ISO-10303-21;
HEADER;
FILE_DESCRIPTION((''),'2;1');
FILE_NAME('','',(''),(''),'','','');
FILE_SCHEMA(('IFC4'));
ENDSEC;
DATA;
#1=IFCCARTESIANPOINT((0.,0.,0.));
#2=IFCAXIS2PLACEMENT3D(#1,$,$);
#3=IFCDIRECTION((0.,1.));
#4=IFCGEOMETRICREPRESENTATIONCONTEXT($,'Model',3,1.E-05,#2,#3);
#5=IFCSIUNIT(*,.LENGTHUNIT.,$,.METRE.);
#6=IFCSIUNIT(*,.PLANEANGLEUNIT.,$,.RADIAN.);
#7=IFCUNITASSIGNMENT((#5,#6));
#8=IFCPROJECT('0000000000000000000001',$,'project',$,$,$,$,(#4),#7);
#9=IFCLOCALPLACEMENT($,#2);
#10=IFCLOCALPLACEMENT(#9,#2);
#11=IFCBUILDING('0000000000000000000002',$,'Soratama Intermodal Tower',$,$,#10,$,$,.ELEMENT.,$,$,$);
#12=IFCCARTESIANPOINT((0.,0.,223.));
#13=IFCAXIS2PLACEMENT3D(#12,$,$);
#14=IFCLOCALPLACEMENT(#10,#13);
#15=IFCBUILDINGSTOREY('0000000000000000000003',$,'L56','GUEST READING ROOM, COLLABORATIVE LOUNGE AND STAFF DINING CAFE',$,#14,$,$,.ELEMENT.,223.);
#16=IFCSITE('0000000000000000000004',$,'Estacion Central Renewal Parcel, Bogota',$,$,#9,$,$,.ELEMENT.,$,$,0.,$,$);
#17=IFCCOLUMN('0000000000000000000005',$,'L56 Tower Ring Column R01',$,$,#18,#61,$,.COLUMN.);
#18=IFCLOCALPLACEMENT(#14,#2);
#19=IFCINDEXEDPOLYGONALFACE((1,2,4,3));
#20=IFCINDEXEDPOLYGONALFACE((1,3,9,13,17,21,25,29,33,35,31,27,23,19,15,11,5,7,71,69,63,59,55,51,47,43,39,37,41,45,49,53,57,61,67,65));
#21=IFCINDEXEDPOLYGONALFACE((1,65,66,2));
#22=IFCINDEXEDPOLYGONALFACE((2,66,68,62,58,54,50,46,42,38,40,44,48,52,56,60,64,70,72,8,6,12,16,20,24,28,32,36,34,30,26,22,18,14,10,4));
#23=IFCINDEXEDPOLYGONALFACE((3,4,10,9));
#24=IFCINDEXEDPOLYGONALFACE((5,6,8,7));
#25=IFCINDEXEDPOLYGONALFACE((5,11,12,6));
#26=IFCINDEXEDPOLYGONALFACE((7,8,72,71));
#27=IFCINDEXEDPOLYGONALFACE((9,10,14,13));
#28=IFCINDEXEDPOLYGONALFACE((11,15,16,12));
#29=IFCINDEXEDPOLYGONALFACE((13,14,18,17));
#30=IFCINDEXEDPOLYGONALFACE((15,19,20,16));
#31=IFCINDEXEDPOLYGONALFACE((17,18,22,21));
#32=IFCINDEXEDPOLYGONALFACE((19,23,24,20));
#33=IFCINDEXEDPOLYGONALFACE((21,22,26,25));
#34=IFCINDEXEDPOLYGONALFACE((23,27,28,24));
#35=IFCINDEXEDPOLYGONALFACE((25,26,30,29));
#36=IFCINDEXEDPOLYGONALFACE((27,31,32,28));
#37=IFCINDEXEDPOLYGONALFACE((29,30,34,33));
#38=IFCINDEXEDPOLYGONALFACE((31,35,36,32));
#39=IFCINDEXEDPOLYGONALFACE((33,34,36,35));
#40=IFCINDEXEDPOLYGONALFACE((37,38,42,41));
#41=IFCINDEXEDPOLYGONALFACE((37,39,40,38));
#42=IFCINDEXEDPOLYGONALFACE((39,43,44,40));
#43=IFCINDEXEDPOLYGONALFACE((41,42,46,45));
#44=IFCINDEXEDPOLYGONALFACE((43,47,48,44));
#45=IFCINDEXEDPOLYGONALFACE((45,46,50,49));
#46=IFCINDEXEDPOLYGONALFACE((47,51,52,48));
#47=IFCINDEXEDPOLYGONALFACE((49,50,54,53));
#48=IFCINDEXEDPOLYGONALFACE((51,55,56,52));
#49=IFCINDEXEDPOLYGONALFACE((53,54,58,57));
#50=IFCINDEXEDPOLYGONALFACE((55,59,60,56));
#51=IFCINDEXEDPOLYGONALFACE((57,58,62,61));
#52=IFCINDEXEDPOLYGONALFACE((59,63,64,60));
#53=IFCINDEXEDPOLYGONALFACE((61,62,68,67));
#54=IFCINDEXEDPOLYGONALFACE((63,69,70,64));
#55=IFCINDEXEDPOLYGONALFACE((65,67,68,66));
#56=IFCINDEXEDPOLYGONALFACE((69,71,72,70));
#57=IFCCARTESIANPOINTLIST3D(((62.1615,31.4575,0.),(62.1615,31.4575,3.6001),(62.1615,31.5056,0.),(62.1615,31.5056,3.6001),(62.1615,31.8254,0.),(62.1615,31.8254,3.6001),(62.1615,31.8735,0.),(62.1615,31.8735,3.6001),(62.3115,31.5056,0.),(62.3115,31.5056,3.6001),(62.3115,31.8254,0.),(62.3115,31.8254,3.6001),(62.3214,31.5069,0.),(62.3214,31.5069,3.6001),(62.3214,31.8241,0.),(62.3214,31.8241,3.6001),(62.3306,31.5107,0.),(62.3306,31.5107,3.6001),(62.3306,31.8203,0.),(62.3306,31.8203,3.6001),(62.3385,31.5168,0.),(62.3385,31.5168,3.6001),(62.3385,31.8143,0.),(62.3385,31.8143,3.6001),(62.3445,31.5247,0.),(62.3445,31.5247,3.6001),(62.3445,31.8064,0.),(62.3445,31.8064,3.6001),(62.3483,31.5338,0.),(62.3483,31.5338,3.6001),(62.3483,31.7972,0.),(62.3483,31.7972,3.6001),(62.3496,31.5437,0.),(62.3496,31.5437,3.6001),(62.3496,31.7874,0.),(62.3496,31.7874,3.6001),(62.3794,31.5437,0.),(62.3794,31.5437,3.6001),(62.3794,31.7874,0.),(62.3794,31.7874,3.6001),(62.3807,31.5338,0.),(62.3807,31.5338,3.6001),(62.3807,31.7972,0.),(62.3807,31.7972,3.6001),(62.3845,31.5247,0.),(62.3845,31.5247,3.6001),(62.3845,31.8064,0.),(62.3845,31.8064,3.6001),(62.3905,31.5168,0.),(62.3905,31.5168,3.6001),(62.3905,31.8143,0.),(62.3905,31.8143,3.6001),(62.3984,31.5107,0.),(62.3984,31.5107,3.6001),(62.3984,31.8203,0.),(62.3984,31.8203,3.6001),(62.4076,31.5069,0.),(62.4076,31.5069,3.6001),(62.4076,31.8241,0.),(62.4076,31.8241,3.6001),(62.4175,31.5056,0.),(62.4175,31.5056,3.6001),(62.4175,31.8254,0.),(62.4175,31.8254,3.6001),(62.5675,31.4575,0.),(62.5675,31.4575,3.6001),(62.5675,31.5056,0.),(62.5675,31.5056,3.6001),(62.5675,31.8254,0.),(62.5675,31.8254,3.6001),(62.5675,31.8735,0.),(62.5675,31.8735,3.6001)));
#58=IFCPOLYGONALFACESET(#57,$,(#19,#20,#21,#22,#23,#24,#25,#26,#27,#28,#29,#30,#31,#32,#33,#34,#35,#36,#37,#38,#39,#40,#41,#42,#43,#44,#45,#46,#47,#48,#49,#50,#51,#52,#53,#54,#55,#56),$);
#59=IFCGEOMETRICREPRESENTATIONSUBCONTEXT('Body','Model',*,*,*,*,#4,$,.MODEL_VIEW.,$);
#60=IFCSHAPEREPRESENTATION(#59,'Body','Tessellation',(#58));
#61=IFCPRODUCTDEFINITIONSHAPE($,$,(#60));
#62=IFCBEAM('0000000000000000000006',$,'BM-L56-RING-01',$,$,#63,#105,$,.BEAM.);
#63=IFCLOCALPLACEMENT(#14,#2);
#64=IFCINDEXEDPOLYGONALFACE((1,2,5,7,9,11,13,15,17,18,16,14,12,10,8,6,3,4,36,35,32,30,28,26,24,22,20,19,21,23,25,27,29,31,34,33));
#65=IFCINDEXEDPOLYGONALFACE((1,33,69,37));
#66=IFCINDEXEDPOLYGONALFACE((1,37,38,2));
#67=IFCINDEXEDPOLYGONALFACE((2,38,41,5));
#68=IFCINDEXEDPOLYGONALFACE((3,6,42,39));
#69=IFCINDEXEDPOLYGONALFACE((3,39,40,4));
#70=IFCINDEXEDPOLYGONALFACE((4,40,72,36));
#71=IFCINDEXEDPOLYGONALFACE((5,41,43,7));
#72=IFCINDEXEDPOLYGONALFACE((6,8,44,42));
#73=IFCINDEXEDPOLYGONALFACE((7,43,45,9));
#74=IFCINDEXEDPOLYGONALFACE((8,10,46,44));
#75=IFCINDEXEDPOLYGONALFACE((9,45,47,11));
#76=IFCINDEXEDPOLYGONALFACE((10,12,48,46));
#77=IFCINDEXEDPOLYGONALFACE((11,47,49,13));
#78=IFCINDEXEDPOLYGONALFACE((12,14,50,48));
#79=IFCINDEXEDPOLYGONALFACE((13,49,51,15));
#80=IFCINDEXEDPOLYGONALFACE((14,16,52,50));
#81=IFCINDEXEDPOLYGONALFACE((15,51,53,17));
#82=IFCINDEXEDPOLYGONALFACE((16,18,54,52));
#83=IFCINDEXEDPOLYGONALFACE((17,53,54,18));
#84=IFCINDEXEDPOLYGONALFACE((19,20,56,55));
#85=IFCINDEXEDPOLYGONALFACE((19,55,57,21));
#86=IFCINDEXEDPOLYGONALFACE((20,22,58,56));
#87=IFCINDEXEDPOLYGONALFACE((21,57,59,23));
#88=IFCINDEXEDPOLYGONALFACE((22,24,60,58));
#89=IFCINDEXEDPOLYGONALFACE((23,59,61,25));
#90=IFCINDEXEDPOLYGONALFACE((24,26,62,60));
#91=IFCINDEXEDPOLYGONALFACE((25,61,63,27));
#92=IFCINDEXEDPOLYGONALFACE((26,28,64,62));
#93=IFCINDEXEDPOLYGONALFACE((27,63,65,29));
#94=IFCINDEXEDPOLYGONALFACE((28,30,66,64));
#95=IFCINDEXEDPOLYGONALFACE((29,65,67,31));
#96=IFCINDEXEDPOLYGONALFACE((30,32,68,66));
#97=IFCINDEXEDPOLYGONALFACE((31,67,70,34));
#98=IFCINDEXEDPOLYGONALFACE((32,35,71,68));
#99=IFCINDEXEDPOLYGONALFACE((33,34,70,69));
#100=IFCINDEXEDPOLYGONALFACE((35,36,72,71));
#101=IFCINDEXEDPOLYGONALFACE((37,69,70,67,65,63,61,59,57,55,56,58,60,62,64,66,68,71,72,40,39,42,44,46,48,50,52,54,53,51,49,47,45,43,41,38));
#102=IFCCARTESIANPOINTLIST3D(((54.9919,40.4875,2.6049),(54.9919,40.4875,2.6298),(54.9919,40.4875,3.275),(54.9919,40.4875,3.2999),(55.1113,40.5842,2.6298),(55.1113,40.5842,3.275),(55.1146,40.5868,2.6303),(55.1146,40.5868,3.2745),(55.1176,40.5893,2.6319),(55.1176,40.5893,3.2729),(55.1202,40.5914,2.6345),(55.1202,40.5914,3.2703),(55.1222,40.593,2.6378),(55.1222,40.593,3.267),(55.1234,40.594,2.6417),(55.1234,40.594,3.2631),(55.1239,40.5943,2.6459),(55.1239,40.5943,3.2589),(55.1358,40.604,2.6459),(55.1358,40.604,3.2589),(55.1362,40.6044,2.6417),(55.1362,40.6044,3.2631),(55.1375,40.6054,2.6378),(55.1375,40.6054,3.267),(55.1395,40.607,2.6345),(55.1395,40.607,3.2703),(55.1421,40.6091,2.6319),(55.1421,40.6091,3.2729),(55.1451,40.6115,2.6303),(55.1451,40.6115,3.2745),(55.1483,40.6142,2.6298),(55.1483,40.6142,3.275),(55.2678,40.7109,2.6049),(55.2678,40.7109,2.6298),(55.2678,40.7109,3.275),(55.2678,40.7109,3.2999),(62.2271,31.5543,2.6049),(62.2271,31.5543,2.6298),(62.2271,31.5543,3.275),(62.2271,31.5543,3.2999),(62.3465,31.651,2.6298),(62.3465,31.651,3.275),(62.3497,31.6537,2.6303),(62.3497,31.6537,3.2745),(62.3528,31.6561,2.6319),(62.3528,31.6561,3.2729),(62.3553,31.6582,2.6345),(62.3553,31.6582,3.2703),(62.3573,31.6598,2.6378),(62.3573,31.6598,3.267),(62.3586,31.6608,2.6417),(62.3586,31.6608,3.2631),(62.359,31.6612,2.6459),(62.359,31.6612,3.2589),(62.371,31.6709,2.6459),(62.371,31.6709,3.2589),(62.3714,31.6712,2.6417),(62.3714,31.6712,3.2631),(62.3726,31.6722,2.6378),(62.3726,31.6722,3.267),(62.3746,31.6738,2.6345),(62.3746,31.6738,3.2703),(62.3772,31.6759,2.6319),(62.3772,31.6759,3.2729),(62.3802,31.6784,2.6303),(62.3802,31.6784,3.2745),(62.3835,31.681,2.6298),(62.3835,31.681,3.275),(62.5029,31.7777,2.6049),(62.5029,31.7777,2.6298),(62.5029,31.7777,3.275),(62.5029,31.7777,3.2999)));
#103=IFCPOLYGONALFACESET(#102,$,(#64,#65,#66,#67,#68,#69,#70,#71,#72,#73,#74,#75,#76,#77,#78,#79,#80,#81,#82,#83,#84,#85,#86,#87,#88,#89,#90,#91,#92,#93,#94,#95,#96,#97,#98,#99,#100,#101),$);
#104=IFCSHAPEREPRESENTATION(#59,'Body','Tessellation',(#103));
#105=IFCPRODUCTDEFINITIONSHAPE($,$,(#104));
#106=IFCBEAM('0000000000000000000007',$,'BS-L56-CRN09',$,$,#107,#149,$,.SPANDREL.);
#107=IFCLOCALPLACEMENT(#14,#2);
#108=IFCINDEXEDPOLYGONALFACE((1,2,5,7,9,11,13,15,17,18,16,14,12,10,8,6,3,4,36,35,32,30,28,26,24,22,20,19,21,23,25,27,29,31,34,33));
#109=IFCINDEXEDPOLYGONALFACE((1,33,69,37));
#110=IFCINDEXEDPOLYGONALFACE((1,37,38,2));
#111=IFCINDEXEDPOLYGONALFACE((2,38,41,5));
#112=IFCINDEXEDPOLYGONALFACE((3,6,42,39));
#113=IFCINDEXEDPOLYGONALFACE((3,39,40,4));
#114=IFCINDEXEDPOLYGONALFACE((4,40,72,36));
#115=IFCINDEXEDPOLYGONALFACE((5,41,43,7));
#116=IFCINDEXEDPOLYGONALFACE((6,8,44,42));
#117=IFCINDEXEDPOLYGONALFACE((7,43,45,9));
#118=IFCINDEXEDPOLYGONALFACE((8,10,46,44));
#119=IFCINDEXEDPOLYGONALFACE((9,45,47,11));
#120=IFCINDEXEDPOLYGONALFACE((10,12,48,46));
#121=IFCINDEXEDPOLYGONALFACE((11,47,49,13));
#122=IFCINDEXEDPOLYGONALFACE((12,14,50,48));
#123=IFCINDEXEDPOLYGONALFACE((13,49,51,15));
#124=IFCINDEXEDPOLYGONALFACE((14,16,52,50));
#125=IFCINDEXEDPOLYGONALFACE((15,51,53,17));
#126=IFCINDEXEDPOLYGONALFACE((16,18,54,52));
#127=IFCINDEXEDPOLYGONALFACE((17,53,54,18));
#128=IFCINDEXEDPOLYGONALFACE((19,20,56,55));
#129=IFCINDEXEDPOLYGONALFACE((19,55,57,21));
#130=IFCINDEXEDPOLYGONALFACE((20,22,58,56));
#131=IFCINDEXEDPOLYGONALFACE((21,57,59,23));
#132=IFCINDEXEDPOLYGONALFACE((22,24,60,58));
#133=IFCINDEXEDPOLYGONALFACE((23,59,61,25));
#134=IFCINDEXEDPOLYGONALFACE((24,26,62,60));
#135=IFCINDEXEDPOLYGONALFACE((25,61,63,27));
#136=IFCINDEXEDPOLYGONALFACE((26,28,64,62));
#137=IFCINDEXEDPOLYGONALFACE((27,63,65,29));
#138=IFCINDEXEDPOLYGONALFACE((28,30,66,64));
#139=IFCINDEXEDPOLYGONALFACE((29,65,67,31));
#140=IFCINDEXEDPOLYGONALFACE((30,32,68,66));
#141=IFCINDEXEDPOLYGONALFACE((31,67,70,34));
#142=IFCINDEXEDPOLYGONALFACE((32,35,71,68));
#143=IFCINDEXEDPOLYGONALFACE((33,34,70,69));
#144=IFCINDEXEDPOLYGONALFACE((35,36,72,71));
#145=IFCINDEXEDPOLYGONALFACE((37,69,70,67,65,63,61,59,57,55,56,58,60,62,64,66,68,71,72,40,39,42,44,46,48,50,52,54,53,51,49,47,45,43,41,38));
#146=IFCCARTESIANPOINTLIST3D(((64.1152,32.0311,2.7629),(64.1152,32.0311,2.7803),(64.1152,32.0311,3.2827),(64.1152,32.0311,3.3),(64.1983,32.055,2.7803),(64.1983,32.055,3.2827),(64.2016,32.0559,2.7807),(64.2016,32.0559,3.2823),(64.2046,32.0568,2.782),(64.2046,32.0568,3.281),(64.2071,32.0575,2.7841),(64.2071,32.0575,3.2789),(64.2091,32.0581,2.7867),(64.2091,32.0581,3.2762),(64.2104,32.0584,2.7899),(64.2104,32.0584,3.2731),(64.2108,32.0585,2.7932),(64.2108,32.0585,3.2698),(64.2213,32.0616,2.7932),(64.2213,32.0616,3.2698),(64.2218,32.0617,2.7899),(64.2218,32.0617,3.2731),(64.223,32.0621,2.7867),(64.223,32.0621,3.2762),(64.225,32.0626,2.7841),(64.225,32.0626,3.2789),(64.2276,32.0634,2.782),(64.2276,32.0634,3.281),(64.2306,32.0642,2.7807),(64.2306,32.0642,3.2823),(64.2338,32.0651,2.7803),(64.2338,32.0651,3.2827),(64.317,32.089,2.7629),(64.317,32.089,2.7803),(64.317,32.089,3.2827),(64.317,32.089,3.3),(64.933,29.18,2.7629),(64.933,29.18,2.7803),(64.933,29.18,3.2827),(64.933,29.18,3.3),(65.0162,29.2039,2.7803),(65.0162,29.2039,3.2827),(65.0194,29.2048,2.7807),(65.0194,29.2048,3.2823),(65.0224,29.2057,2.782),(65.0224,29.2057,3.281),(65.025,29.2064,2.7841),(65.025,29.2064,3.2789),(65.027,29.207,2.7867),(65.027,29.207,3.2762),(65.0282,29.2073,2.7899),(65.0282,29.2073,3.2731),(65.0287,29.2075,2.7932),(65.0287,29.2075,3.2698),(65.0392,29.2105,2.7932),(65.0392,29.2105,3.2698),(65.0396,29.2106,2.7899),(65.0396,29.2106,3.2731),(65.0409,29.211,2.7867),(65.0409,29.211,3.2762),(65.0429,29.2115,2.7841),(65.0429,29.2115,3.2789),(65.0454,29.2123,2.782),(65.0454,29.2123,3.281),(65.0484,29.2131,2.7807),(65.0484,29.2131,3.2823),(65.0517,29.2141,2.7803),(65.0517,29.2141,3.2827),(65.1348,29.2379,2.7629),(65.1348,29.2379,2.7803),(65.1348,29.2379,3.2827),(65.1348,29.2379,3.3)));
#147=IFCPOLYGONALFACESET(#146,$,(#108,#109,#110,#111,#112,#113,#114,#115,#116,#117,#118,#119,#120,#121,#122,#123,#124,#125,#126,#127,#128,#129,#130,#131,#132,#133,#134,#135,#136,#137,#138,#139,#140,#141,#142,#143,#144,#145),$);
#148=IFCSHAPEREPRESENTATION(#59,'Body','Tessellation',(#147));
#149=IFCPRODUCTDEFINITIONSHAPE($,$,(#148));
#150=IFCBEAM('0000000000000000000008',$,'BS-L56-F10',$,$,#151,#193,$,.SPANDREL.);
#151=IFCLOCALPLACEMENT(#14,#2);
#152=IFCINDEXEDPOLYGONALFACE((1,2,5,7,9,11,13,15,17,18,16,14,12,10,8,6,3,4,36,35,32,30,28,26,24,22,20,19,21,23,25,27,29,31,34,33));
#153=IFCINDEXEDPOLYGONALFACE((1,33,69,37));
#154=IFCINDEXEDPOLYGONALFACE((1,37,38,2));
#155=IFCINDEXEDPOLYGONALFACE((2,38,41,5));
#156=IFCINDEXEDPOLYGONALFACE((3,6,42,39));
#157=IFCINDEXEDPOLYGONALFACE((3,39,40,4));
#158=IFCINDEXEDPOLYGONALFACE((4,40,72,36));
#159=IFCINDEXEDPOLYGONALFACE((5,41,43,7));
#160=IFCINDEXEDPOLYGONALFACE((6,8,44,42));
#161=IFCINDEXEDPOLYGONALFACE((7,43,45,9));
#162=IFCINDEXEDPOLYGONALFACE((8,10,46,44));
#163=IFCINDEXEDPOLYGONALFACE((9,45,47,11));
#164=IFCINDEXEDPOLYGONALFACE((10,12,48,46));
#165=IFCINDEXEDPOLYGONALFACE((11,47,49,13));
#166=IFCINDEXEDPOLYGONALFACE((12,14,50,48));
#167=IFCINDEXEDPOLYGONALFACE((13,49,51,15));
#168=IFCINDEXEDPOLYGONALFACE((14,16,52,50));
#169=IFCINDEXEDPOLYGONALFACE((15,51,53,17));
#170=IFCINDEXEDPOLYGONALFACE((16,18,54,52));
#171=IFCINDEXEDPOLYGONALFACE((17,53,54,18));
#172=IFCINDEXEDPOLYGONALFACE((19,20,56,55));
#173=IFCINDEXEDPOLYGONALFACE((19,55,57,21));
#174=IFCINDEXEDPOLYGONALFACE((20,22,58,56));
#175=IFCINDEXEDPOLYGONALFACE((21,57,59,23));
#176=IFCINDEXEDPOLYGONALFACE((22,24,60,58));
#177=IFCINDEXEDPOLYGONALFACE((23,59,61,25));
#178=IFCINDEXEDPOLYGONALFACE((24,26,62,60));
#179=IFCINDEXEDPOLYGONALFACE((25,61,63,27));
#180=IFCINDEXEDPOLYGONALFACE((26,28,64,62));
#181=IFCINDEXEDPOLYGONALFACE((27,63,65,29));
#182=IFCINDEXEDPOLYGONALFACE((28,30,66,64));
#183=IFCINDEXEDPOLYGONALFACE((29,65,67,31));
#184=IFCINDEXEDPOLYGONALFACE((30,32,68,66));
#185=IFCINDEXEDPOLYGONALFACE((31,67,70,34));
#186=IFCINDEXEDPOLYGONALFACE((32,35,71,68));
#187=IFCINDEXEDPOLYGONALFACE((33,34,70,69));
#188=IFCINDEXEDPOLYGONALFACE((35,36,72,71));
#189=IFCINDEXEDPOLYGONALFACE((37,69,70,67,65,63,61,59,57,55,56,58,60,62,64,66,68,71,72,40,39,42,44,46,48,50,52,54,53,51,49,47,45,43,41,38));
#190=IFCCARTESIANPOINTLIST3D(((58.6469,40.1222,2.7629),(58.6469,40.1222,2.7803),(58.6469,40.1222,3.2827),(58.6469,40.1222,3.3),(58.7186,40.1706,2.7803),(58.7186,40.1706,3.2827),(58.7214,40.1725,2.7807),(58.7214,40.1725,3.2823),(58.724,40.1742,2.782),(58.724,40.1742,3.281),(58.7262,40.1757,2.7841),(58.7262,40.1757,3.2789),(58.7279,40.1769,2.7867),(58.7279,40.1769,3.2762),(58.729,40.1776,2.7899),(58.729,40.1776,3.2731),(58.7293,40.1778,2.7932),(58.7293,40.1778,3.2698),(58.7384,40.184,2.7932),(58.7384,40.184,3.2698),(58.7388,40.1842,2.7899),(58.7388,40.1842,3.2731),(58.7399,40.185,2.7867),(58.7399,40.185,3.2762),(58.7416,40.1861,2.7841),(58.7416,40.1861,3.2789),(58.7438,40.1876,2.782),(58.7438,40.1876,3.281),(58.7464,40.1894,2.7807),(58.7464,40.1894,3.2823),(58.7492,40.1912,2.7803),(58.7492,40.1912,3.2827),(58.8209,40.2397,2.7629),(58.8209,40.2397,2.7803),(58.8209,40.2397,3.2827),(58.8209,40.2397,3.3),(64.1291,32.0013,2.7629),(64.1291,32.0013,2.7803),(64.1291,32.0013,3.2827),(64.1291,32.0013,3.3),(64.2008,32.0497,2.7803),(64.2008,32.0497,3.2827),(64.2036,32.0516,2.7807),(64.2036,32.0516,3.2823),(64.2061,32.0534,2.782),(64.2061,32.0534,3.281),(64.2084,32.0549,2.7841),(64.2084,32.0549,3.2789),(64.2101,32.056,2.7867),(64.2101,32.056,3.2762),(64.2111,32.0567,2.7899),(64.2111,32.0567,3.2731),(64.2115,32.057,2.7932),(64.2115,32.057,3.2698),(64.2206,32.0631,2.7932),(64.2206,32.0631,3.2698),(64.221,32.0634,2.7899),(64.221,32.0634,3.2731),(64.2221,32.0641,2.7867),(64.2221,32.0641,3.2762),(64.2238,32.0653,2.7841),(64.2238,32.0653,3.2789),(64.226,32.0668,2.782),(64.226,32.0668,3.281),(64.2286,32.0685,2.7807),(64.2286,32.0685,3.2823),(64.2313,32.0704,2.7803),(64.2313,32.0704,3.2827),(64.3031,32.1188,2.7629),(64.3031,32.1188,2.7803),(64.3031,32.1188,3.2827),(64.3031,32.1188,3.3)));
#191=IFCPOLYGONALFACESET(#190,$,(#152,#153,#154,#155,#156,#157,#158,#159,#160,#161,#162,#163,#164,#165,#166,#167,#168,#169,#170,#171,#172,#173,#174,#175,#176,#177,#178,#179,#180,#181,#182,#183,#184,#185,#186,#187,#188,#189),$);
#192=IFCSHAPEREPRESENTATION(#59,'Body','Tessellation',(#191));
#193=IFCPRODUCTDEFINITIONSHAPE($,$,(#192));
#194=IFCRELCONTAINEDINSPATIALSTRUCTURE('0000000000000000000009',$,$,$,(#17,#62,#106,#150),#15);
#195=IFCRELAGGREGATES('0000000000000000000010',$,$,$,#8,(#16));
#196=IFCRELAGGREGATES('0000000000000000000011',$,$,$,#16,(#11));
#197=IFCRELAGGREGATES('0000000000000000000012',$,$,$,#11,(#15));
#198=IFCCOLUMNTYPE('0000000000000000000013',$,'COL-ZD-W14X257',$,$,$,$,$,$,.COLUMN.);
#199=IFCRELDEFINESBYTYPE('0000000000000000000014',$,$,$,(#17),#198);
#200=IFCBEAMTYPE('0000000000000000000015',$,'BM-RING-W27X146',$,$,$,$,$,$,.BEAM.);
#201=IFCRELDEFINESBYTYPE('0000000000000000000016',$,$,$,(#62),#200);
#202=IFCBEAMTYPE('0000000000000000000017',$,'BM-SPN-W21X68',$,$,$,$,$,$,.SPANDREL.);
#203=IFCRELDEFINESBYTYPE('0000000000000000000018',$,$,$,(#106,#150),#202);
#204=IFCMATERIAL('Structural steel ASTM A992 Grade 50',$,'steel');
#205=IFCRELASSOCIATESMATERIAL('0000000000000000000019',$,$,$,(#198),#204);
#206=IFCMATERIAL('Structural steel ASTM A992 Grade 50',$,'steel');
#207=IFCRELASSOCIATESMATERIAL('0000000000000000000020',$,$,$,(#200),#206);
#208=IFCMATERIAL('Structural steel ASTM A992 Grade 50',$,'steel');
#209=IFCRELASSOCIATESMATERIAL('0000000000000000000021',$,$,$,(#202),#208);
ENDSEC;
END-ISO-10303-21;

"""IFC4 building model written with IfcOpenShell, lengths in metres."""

from ifc_helpers import new_model, si_unit, direction, frame, origin, origin_2d, place, context, subcontext, project, spatial, i_section, extrude, material, material_profile, profile_set, type_object, element, save


model = new_model("IFC4")

# Units and contexts
model_context = context("Model", 3, precision=1e-05, world=origin(), true_north=direction((0.0, 1.0)))
body_context = subcontext(model_context, "Body", "Model", "MODEL_VIEW")
ifc_project = project(units=[si_unit("LENGTHUNIT", "METRE"), si_unit("PLANEANGLEUNIT", "RADIAN")], contexts=[model_context])

# Site, building, storey
site_placement = place(None, origin())
site = spatial("IfcSite", under=ifc_project, at=site_placement, Name="Estacion Central Renewal Parcel, Bogota", CompositionType="ELEMENT", RefElevation=0.0)
building_placement = place(site_placement, origin())
building = spatial("IfcBuilding", under=site, at=building_placement, Name="Soratama Intermodal Tower", CompositionType="ELEMENT")
storey_placement = place(building_placement, frame((0.0, 0.0, 223.0)))
storey = spatial("IfcBuildingStorey", under=building, at=storey_placement, Name="L56", Description="GUEST READING ROOM, COLLABORATIVE LOUNGE AND STAFF DINING CAFE", CompositionType="ELEMENT", Elevation=223.0)

# Column
ifc_material_1 = material(Name="Structural steel ASTM A992 Grade 50", Category="steel")
ifc_material_profile_1 = material_profile(ifc_material_1, i_section(OverallWidth=0.406, OverallDepth=0.416, WebThickness=0.0298, FlangeThickness=0.0481, FilletRadius=0.0381, at=origin_2d()), Name="W14X257")
ifc_profile_set_1 = profile_set([ifc_material_profile_1], Name="Structural steel ASTM A992 Grade 50")
column_type = type_object("IfcColumnType", Name="COL-ZD-W14X257", PredefinedType="COLUMN", material=ifc_profile_set_1)
column_placement = place(storey_placement, frame((62.3645, 31.6655, 0.0), z_axis=(0.0, 0.0, 1.0), x_axis=(1.0, 0.0, 0.0)))
element("IfcColumn", 1, at=column_placement, inside=storey, type_object=column_type, Name="L56 Tower Ring Column R01", PredefinedType="COLUMN", context=body_context, shape_type="SweptSolid", body=[
    extrude(i_section(OverallWidth=0.406, OverallDepth=0.416, WebThickness=0.0298, FlangeThickness=0.0481, FilletRadius=0.0381, at=origin_2d()), origin(), (0.0, 0.0, 1.0), 3.6001),
])

# Beams
ifc_material_2 = material(Name="Structural steel ASTM A992 Grade 50", Category="steel")
ifc_material_profile_2 = material_profile(ifc_material_2, i_section(OverallWidth=0.355, OverallDepth=0.6951, WebThickness=0.0154, FlangeThickness=0.0249, FilletRadius=0.0161, at=origin_2d()), Name="W27X146")
ifc_profile_set_2 = profile_set([ifc_material_profile_2], Name="Structural steel ASTM A992 Grade 50")
beam_type_1 = type_object("IfcBeamType", Name="BM-RING-W27X146", PredefinedType="BEAM", material=ifc_profile_set_2)
beam_1_placement = place(storey_placement, frame((62.365, 31.666, 2.9524), z_axis=(-0.629385, 0.777094, 0.0), x_axis=(-0.777094, -0.629385, 0.0)))
element("IfcBeam", 2, at=beam_1_placement, inside=storey, type_object=beam_type_1, Name="BM-L56-RING-01", PredefinedType="BEAM", context=body_context, shape_type="SweptSolid", body=[
    extrude(i_section(OverallWidth=0.355, OverallDepth=0.6951, WebThickness=0.0154, FlangeThickness=0.0249, FilletRadius=0.0161, at=origin_2d()), origin(), (0.0, 0.0, 1.0), 11.4956),
])
ifc_material_3 = material(Name="Structural steel ASTM A992 Grade 50", Category="steel")
ifc_material_profile_3 = material_profile(ifc_material_3, i_section(OverallWidth=0.21, OverallDepth=0.5371, WebThickness=0.011, FlangeThickness=0.0173, FilletRadius=0.0129, at=origin_2d()), Name="W21X68")
ifc_profile_set_3 = profile_set([ifc_material_profile_3], Name="Structural steel ASTM A992 Grade 50")
beam_type_2 = type_object("IfcBeamType", Name="BM-SPN-W21X68", PredefinedType="SPANDREL", material=ifc_profile_set_3)
beam_2_placement = place(storey_placement, frame((65.0339, 29.209, 3.0315), z_axis=(-0.275743, 0.961231, 0.0), x_axis=(-0.961231, -0.275743, 0.0)))
element("IfcBeam", 3, at=beam_2_placement, inside=storey, type_object=beam_type_2, Name="BS-L56-CRN09", PredefinedType="SPANDREL", context=body_context, shape_type="SweptSolid", body=[
    extrude(i_section(OverallWidth=0.21, OverallDepth=0.5371, WebThickness=0.011, FlangeThickness=0.0173, FilletRadius=0.0129, at=origin_2d()), origin(), (0.0, 0.0, 1.0), 2.9661),
])
beam_3_placement = place(storey_placement, frame((64.2161, 32.0601, 3.0315), z_axis=(-0.559515, 0.82882, 0.0), x_axis=(-0.82882, -0.559515, 0.0)))
element("IfcBeam", 4, at=beam_3_placement, inside=storey, type_object=beam_type_2, Name="BS-L56-F10", PredefinedType="SPANDREL", context=body_context, shape_type="SweptSolid", body=[
    extrude(i_section(OverallWidth=0.21, OverallDepth=0.5371, WebThickness=0.011, FlangeThickness=0.0173, FilletRadius=0.0129, at=origin_2d()), origin(), (0.0, 0.0, 1.0), 9.7981),
])

save(model, "model.ifc")
